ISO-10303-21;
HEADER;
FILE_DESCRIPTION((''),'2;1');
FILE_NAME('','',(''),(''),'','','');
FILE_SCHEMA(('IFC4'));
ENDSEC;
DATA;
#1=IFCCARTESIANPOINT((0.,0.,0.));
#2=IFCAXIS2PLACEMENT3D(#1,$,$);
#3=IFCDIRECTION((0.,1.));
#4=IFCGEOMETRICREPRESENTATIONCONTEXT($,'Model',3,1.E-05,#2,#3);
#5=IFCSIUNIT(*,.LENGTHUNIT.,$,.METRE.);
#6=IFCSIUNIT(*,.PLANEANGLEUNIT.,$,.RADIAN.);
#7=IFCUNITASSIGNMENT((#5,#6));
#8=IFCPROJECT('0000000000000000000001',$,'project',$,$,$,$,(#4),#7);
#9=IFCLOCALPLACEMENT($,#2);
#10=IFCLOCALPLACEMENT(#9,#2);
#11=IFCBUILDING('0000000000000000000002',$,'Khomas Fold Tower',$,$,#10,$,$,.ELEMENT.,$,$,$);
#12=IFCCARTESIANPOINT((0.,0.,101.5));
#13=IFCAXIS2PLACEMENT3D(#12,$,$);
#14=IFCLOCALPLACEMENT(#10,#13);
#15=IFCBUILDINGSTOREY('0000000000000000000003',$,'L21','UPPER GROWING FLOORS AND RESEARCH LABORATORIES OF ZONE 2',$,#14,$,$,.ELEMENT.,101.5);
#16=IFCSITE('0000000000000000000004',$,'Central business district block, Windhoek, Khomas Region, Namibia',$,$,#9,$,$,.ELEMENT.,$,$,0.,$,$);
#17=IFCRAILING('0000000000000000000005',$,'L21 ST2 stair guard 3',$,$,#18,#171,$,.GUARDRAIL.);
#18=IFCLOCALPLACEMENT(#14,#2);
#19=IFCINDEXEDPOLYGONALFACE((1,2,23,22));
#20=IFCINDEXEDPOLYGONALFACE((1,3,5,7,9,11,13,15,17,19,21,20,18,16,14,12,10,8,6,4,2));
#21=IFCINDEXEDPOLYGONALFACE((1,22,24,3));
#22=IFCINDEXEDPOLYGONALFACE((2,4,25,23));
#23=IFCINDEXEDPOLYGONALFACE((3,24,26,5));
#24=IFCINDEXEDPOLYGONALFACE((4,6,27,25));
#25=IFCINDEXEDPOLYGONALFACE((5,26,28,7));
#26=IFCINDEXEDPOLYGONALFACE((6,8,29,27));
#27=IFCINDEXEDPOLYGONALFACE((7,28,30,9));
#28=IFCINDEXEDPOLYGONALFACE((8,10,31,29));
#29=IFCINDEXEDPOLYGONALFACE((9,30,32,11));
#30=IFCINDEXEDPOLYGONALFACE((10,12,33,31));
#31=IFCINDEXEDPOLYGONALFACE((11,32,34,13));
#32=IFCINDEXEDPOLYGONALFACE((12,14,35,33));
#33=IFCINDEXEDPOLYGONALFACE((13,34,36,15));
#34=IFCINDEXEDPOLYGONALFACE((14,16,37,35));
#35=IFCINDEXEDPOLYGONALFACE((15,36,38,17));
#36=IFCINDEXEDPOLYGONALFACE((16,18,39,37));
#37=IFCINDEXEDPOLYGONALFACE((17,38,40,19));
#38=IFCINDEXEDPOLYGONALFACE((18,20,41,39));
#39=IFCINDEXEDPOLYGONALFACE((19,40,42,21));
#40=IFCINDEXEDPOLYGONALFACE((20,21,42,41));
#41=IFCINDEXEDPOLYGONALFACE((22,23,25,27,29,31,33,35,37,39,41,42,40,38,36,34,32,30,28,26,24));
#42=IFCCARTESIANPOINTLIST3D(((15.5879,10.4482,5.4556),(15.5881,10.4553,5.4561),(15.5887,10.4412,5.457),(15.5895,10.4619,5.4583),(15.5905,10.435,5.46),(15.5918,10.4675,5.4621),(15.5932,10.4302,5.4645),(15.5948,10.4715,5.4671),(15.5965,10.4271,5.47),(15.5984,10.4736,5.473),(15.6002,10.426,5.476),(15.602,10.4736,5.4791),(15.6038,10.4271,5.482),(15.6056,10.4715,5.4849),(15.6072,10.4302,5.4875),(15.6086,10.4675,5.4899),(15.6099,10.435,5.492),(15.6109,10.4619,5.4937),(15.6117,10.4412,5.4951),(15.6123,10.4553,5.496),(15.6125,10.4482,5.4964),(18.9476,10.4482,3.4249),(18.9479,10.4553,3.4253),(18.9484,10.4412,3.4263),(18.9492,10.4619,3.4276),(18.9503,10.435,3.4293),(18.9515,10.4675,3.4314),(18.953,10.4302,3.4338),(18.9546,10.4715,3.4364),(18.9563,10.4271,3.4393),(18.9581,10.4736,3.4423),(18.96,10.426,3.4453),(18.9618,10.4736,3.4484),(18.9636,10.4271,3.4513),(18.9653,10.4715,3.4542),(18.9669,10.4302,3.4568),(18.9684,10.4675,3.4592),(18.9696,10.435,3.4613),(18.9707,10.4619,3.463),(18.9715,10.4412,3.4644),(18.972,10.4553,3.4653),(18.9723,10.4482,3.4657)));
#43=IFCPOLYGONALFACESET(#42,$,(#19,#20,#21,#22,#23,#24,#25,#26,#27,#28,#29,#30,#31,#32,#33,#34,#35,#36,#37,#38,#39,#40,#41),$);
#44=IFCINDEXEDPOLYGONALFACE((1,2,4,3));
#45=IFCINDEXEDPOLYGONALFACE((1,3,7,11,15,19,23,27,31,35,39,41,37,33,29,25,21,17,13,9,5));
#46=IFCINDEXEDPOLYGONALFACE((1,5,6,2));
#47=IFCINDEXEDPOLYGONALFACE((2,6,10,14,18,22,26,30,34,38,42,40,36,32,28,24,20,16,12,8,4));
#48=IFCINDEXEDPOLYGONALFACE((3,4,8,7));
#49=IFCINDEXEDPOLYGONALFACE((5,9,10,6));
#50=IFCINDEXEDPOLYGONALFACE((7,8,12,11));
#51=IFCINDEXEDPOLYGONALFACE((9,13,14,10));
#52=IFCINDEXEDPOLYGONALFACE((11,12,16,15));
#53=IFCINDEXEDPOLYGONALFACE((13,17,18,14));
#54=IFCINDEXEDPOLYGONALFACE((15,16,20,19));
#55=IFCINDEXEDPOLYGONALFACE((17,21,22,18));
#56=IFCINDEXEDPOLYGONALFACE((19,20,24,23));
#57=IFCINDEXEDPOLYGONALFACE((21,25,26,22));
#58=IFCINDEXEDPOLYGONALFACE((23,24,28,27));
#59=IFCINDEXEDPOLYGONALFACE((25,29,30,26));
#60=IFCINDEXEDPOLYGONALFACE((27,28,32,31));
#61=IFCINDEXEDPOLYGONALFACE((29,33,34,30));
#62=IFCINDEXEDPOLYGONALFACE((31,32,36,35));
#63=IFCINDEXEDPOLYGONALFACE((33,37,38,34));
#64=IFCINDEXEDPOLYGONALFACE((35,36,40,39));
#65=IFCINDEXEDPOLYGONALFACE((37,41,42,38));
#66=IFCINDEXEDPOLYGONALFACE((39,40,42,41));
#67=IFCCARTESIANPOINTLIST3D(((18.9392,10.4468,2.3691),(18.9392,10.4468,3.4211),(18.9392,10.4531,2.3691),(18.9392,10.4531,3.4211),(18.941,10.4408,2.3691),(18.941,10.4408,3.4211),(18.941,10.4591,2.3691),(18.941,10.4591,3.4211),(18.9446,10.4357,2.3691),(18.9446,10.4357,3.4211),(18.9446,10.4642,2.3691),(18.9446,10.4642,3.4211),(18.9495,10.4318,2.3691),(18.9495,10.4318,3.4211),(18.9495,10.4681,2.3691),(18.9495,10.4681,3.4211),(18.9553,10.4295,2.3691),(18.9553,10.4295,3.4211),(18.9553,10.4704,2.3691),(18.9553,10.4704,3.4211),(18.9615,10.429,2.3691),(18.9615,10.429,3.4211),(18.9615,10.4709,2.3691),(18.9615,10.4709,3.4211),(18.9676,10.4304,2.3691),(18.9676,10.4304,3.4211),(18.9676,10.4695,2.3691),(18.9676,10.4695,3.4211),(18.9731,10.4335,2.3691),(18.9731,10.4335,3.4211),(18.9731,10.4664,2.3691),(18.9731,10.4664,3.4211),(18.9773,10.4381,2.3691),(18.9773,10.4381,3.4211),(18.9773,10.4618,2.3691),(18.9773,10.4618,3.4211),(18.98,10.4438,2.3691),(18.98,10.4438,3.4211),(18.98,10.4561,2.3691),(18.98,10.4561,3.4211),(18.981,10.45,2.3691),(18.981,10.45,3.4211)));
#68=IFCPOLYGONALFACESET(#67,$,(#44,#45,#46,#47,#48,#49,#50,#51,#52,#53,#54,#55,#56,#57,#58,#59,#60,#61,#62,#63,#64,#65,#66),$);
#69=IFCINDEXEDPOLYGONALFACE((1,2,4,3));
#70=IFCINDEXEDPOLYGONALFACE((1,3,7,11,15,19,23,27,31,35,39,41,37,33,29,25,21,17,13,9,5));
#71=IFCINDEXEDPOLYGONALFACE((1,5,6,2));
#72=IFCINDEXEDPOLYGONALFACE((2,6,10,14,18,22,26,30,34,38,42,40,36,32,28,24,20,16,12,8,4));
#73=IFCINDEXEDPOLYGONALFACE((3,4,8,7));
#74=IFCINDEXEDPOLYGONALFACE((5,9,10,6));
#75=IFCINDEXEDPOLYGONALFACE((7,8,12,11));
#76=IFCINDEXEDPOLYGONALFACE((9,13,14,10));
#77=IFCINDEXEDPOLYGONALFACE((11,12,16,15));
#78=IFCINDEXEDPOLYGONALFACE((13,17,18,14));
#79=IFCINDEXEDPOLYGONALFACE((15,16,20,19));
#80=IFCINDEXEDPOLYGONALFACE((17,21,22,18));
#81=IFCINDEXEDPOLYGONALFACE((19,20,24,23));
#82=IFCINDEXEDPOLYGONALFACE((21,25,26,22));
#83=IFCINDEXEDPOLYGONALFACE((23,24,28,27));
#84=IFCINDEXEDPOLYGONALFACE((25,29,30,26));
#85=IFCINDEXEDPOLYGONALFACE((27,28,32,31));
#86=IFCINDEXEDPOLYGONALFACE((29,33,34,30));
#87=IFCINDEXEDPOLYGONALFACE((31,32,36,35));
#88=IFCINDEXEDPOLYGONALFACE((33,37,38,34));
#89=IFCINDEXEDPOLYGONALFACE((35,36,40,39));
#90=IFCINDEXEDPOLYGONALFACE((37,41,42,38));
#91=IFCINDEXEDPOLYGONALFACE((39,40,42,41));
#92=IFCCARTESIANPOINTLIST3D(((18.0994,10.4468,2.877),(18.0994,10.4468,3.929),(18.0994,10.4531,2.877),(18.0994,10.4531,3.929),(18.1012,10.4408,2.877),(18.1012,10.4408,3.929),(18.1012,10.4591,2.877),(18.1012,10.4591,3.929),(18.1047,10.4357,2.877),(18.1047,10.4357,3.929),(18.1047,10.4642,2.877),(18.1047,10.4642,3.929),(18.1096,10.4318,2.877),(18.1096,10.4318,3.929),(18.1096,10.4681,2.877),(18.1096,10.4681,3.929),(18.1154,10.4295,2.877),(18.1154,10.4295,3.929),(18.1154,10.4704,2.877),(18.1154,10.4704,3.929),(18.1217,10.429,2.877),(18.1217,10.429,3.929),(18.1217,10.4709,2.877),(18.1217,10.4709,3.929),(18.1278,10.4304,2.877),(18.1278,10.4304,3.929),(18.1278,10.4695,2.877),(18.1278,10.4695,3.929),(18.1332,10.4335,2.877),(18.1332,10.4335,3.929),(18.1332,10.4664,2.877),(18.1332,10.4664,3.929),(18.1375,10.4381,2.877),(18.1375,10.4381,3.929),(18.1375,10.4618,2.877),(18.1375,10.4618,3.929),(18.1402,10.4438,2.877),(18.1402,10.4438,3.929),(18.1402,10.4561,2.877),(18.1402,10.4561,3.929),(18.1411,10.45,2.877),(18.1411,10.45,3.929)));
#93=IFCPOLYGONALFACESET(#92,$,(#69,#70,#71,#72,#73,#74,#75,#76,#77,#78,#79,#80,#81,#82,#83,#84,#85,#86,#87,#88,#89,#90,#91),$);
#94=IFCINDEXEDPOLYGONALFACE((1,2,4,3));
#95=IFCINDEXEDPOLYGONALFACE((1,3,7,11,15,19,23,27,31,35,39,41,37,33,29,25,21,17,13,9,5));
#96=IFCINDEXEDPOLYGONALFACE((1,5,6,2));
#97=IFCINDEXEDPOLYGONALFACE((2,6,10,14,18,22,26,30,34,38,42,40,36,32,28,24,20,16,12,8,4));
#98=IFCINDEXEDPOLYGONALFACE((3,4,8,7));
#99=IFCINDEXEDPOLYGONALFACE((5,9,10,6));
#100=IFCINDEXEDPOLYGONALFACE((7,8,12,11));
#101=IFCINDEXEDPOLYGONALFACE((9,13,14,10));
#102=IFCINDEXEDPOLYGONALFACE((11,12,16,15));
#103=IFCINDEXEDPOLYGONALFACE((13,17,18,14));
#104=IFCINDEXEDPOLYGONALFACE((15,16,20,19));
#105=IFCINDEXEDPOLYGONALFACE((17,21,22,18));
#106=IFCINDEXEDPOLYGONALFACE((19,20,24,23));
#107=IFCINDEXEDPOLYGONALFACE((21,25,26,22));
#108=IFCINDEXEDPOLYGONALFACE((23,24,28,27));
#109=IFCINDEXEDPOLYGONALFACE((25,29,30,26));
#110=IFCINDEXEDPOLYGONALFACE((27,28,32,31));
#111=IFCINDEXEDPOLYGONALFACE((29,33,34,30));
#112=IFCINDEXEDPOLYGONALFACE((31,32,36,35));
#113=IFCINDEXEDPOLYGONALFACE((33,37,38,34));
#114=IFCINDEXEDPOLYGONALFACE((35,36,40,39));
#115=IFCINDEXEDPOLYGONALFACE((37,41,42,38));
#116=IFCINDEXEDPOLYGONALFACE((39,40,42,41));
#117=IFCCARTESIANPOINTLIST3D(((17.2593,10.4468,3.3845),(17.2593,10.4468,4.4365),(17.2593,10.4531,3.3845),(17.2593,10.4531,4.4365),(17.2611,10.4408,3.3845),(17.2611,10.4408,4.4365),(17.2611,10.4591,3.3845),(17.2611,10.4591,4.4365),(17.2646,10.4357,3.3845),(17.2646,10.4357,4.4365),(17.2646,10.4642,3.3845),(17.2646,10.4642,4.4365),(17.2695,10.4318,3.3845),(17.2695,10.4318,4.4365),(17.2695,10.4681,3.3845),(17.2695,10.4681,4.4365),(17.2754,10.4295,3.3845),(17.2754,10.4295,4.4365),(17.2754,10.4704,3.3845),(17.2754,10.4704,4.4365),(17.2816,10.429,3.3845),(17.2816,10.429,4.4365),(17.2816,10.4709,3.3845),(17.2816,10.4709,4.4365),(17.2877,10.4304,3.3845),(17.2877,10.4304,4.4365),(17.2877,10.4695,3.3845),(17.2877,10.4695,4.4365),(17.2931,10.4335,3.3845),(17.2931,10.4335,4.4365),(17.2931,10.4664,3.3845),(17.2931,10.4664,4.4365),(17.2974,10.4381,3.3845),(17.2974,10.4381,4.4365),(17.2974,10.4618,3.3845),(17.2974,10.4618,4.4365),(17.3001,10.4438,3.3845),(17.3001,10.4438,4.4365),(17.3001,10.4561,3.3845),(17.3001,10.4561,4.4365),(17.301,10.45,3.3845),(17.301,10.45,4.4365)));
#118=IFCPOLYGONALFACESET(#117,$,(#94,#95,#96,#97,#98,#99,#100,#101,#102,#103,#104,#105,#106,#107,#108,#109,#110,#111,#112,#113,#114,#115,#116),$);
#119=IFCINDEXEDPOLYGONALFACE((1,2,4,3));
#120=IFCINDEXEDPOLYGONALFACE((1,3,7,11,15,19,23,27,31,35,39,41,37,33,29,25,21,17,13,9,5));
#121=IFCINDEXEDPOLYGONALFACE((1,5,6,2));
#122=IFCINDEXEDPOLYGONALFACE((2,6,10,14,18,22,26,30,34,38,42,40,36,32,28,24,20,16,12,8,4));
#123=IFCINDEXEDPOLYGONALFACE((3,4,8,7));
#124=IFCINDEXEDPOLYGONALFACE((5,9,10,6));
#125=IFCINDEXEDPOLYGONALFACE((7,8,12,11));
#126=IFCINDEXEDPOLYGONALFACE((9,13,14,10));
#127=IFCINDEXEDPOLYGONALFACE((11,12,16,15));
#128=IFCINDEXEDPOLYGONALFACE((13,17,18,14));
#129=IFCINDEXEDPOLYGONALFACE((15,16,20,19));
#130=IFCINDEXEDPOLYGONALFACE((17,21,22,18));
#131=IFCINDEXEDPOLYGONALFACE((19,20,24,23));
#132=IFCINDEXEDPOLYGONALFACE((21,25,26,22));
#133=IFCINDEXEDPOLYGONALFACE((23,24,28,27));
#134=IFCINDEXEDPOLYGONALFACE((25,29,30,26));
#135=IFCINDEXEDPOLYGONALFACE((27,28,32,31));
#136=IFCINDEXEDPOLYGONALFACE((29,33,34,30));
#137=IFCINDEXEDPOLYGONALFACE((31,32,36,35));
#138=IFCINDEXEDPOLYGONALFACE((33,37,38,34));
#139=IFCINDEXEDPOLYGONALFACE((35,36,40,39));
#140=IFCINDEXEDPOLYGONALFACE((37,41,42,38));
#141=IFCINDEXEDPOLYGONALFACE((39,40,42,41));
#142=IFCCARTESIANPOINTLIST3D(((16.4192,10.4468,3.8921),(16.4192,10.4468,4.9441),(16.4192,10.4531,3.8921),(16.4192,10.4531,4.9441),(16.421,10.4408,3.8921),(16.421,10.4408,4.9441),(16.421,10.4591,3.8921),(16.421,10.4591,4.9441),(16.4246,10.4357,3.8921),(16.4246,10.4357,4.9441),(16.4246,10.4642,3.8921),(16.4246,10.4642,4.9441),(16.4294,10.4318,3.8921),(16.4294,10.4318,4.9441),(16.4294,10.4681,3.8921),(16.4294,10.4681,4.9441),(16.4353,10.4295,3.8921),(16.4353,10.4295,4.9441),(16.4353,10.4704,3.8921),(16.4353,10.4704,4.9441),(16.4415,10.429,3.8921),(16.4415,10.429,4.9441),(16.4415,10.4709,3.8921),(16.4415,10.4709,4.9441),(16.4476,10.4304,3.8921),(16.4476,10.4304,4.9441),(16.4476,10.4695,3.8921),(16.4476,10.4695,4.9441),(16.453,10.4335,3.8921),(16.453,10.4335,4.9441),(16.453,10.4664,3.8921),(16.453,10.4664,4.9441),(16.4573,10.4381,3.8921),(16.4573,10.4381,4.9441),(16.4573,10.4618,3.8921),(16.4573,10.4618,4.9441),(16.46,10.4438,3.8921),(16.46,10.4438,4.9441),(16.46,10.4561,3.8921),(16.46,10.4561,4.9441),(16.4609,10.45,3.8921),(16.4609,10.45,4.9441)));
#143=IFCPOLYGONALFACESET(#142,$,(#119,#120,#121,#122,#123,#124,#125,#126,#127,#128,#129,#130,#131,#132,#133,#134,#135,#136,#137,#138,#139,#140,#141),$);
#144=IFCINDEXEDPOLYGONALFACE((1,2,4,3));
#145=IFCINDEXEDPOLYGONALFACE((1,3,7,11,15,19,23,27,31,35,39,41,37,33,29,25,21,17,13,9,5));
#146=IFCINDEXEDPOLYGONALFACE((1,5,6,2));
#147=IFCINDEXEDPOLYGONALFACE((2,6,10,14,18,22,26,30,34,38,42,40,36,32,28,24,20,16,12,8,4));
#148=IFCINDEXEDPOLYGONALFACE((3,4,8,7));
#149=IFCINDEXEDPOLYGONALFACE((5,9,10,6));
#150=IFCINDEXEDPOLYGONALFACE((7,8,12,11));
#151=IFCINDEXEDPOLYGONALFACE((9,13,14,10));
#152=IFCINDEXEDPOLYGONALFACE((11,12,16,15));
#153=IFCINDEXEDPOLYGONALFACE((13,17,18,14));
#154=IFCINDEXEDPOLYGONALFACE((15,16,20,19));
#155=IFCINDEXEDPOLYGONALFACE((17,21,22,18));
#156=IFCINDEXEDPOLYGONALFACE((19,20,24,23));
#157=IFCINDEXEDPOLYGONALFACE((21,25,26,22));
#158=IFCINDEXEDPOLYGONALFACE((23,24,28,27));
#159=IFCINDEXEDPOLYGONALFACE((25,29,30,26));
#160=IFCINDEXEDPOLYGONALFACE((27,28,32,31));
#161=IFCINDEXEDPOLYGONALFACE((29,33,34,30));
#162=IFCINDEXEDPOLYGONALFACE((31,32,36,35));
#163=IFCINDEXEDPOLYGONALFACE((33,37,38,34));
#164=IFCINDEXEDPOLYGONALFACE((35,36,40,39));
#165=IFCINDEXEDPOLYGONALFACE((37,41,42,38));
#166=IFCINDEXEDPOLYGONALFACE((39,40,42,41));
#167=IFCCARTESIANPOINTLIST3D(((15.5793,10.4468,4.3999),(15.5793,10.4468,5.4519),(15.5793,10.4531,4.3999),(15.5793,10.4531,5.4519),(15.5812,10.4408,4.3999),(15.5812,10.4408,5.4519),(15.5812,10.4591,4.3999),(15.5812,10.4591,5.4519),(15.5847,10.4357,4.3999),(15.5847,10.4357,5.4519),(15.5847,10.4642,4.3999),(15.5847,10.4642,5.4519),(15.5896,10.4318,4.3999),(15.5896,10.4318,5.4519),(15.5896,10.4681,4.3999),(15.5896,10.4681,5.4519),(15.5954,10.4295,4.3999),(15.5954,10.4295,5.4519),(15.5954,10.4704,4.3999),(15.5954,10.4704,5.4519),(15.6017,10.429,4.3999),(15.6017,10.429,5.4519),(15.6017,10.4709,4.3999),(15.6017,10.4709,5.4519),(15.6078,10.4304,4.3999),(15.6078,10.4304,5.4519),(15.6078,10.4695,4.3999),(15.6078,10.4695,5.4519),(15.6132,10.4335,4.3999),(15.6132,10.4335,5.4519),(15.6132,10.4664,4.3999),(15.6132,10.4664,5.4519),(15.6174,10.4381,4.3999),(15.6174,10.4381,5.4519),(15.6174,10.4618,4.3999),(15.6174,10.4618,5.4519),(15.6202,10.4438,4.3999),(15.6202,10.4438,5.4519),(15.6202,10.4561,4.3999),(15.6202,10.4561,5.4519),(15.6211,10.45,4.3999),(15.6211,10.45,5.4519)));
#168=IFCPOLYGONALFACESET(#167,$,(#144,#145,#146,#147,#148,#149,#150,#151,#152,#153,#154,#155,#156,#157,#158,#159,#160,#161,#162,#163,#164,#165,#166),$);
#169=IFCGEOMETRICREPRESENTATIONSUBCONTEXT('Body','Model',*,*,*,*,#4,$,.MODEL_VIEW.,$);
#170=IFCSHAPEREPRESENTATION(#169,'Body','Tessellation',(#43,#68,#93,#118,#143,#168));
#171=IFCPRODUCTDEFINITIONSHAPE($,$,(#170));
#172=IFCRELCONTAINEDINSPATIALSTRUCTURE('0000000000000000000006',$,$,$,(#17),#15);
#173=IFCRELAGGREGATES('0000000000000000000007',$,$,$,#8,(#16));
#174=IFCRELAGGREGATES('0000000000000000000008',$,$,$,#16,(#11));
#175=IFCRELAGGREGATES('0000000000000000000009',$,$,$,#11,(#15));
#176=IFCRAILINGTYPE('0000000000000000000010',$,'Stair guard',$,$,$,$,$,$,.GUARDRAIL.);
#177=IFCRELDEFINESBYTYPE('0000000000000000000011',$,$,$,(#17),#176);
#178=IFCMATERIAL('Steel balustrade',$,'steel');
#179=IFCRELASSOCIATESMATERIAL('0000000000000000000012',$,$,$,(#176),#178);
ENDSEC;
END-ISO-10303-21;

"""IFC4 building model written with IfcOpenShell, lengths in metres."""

from ifc_helpers import new_model, si_unit, direction, frame, origin, origin_2d, place, context, subcontext, project, spatial, circle, extrude, source, transform, mapped, material, type_object, element, save


model = new_model("IFC4")

# Units and contexts
model_context = context("Model", 3, precision=1e-05, world=origin(), true_north=direction((0.0, 1.0)))
body_context = subcontext(model_context, "Body", "Model", "MODEL_VIEW")
ifc_project = project(units=[si_unit("LENGTHUNIT", "METRE"), si_unit("PLANEANGLEUNIT", "RADIAN")], contexts=[model_context])

# Site, building, storey
site_placement = place(None, origin())
site = spatial("IfcSite", under=ifc_project, at=site_placement, Name="Central business district block, Windhoek, Khomas Region, Namibia", CompositionType="ELEMENT", RefElevation=0.0)
building_placement = place(site_placement, origin())
building = spatial("IfcBuilding", under=site, at=building_placement, Name="Khomas Fold Tower", CompositionType="ELEMENT")
storey_placement = place(building_placement, frame((0.0, 0.0, 101.5)))
storey = spatial("IfcBuildingStorey", under=building, at=storey_placement, Name="L21", Description="UPPER GROWING FLOORS AND RESEARCH LABORATORIES OF ZONE 2", CompositionType="ELEMENT", Elevation=101.5)

# Railing
ifc_material_1 = material(Name="Steel balustrade", Category="steel")
railing_type_1 = type_object("IfcRailingType", Name="Stair guard", PredefinedType="GUARDRAIL", material=ifc_material_1)
shared_shape_1 = source(origin(), body_context, "Body", "SweptSolid", [
    extrude(circle(Radius=0.0239, at=origin_2d()), frame((0.0, 0.0, 1.0762), z_axis=(-0.85582, 0.0, 0.517273), x_axis=(0.0, -1.0, 0.0)), (0.0, 0.0, 1.0), 3.9258),
    extrude(circle(Radius=0.021, at=origin_2d()), origin(), (0.0, 0.0, 1.0), 1.052),
    extrude(circle(Radius=0.021, at=origin_2d()), frame((-0.8398, 0.0, 0.5078)), (0.0, 0.0, 1.0), 1.052),
    extrude(circle(Radius=0.021, at=origin_2d()), frame((-1.6799, 0.0, 1.0154)), (0.0, 0.0, 1.0), 1.052),
    extrude(circle(Radius=0.021, at=origin_2d()), frame((-2.52, 0.0, 1.5229)), (0.0, 0.0, 1.0), 1.052),
    extrude(circle(Radius=0.021, at=origin_2d()), frame((-3.3599, 0.0, 2.0308)), (0.0, 0.0, 1.0), 1.052),
])
railing_1_placement = place(storey_placement, frame((18.96, 10.45, 2.3691)))
element("IfcRailing", 1, at=railing_1_placement, inside=storey, type_object=railing_type_1, Name="L21 ST2 stair guard 3", PredefinedType="GUARDRAIL", context=body_context, shape_type="MappedRepresentation", body=[
    mapped(shared_shape_1, transform((0.0, 0.0, 0.0))),
])

save(model, "model.ifc")
